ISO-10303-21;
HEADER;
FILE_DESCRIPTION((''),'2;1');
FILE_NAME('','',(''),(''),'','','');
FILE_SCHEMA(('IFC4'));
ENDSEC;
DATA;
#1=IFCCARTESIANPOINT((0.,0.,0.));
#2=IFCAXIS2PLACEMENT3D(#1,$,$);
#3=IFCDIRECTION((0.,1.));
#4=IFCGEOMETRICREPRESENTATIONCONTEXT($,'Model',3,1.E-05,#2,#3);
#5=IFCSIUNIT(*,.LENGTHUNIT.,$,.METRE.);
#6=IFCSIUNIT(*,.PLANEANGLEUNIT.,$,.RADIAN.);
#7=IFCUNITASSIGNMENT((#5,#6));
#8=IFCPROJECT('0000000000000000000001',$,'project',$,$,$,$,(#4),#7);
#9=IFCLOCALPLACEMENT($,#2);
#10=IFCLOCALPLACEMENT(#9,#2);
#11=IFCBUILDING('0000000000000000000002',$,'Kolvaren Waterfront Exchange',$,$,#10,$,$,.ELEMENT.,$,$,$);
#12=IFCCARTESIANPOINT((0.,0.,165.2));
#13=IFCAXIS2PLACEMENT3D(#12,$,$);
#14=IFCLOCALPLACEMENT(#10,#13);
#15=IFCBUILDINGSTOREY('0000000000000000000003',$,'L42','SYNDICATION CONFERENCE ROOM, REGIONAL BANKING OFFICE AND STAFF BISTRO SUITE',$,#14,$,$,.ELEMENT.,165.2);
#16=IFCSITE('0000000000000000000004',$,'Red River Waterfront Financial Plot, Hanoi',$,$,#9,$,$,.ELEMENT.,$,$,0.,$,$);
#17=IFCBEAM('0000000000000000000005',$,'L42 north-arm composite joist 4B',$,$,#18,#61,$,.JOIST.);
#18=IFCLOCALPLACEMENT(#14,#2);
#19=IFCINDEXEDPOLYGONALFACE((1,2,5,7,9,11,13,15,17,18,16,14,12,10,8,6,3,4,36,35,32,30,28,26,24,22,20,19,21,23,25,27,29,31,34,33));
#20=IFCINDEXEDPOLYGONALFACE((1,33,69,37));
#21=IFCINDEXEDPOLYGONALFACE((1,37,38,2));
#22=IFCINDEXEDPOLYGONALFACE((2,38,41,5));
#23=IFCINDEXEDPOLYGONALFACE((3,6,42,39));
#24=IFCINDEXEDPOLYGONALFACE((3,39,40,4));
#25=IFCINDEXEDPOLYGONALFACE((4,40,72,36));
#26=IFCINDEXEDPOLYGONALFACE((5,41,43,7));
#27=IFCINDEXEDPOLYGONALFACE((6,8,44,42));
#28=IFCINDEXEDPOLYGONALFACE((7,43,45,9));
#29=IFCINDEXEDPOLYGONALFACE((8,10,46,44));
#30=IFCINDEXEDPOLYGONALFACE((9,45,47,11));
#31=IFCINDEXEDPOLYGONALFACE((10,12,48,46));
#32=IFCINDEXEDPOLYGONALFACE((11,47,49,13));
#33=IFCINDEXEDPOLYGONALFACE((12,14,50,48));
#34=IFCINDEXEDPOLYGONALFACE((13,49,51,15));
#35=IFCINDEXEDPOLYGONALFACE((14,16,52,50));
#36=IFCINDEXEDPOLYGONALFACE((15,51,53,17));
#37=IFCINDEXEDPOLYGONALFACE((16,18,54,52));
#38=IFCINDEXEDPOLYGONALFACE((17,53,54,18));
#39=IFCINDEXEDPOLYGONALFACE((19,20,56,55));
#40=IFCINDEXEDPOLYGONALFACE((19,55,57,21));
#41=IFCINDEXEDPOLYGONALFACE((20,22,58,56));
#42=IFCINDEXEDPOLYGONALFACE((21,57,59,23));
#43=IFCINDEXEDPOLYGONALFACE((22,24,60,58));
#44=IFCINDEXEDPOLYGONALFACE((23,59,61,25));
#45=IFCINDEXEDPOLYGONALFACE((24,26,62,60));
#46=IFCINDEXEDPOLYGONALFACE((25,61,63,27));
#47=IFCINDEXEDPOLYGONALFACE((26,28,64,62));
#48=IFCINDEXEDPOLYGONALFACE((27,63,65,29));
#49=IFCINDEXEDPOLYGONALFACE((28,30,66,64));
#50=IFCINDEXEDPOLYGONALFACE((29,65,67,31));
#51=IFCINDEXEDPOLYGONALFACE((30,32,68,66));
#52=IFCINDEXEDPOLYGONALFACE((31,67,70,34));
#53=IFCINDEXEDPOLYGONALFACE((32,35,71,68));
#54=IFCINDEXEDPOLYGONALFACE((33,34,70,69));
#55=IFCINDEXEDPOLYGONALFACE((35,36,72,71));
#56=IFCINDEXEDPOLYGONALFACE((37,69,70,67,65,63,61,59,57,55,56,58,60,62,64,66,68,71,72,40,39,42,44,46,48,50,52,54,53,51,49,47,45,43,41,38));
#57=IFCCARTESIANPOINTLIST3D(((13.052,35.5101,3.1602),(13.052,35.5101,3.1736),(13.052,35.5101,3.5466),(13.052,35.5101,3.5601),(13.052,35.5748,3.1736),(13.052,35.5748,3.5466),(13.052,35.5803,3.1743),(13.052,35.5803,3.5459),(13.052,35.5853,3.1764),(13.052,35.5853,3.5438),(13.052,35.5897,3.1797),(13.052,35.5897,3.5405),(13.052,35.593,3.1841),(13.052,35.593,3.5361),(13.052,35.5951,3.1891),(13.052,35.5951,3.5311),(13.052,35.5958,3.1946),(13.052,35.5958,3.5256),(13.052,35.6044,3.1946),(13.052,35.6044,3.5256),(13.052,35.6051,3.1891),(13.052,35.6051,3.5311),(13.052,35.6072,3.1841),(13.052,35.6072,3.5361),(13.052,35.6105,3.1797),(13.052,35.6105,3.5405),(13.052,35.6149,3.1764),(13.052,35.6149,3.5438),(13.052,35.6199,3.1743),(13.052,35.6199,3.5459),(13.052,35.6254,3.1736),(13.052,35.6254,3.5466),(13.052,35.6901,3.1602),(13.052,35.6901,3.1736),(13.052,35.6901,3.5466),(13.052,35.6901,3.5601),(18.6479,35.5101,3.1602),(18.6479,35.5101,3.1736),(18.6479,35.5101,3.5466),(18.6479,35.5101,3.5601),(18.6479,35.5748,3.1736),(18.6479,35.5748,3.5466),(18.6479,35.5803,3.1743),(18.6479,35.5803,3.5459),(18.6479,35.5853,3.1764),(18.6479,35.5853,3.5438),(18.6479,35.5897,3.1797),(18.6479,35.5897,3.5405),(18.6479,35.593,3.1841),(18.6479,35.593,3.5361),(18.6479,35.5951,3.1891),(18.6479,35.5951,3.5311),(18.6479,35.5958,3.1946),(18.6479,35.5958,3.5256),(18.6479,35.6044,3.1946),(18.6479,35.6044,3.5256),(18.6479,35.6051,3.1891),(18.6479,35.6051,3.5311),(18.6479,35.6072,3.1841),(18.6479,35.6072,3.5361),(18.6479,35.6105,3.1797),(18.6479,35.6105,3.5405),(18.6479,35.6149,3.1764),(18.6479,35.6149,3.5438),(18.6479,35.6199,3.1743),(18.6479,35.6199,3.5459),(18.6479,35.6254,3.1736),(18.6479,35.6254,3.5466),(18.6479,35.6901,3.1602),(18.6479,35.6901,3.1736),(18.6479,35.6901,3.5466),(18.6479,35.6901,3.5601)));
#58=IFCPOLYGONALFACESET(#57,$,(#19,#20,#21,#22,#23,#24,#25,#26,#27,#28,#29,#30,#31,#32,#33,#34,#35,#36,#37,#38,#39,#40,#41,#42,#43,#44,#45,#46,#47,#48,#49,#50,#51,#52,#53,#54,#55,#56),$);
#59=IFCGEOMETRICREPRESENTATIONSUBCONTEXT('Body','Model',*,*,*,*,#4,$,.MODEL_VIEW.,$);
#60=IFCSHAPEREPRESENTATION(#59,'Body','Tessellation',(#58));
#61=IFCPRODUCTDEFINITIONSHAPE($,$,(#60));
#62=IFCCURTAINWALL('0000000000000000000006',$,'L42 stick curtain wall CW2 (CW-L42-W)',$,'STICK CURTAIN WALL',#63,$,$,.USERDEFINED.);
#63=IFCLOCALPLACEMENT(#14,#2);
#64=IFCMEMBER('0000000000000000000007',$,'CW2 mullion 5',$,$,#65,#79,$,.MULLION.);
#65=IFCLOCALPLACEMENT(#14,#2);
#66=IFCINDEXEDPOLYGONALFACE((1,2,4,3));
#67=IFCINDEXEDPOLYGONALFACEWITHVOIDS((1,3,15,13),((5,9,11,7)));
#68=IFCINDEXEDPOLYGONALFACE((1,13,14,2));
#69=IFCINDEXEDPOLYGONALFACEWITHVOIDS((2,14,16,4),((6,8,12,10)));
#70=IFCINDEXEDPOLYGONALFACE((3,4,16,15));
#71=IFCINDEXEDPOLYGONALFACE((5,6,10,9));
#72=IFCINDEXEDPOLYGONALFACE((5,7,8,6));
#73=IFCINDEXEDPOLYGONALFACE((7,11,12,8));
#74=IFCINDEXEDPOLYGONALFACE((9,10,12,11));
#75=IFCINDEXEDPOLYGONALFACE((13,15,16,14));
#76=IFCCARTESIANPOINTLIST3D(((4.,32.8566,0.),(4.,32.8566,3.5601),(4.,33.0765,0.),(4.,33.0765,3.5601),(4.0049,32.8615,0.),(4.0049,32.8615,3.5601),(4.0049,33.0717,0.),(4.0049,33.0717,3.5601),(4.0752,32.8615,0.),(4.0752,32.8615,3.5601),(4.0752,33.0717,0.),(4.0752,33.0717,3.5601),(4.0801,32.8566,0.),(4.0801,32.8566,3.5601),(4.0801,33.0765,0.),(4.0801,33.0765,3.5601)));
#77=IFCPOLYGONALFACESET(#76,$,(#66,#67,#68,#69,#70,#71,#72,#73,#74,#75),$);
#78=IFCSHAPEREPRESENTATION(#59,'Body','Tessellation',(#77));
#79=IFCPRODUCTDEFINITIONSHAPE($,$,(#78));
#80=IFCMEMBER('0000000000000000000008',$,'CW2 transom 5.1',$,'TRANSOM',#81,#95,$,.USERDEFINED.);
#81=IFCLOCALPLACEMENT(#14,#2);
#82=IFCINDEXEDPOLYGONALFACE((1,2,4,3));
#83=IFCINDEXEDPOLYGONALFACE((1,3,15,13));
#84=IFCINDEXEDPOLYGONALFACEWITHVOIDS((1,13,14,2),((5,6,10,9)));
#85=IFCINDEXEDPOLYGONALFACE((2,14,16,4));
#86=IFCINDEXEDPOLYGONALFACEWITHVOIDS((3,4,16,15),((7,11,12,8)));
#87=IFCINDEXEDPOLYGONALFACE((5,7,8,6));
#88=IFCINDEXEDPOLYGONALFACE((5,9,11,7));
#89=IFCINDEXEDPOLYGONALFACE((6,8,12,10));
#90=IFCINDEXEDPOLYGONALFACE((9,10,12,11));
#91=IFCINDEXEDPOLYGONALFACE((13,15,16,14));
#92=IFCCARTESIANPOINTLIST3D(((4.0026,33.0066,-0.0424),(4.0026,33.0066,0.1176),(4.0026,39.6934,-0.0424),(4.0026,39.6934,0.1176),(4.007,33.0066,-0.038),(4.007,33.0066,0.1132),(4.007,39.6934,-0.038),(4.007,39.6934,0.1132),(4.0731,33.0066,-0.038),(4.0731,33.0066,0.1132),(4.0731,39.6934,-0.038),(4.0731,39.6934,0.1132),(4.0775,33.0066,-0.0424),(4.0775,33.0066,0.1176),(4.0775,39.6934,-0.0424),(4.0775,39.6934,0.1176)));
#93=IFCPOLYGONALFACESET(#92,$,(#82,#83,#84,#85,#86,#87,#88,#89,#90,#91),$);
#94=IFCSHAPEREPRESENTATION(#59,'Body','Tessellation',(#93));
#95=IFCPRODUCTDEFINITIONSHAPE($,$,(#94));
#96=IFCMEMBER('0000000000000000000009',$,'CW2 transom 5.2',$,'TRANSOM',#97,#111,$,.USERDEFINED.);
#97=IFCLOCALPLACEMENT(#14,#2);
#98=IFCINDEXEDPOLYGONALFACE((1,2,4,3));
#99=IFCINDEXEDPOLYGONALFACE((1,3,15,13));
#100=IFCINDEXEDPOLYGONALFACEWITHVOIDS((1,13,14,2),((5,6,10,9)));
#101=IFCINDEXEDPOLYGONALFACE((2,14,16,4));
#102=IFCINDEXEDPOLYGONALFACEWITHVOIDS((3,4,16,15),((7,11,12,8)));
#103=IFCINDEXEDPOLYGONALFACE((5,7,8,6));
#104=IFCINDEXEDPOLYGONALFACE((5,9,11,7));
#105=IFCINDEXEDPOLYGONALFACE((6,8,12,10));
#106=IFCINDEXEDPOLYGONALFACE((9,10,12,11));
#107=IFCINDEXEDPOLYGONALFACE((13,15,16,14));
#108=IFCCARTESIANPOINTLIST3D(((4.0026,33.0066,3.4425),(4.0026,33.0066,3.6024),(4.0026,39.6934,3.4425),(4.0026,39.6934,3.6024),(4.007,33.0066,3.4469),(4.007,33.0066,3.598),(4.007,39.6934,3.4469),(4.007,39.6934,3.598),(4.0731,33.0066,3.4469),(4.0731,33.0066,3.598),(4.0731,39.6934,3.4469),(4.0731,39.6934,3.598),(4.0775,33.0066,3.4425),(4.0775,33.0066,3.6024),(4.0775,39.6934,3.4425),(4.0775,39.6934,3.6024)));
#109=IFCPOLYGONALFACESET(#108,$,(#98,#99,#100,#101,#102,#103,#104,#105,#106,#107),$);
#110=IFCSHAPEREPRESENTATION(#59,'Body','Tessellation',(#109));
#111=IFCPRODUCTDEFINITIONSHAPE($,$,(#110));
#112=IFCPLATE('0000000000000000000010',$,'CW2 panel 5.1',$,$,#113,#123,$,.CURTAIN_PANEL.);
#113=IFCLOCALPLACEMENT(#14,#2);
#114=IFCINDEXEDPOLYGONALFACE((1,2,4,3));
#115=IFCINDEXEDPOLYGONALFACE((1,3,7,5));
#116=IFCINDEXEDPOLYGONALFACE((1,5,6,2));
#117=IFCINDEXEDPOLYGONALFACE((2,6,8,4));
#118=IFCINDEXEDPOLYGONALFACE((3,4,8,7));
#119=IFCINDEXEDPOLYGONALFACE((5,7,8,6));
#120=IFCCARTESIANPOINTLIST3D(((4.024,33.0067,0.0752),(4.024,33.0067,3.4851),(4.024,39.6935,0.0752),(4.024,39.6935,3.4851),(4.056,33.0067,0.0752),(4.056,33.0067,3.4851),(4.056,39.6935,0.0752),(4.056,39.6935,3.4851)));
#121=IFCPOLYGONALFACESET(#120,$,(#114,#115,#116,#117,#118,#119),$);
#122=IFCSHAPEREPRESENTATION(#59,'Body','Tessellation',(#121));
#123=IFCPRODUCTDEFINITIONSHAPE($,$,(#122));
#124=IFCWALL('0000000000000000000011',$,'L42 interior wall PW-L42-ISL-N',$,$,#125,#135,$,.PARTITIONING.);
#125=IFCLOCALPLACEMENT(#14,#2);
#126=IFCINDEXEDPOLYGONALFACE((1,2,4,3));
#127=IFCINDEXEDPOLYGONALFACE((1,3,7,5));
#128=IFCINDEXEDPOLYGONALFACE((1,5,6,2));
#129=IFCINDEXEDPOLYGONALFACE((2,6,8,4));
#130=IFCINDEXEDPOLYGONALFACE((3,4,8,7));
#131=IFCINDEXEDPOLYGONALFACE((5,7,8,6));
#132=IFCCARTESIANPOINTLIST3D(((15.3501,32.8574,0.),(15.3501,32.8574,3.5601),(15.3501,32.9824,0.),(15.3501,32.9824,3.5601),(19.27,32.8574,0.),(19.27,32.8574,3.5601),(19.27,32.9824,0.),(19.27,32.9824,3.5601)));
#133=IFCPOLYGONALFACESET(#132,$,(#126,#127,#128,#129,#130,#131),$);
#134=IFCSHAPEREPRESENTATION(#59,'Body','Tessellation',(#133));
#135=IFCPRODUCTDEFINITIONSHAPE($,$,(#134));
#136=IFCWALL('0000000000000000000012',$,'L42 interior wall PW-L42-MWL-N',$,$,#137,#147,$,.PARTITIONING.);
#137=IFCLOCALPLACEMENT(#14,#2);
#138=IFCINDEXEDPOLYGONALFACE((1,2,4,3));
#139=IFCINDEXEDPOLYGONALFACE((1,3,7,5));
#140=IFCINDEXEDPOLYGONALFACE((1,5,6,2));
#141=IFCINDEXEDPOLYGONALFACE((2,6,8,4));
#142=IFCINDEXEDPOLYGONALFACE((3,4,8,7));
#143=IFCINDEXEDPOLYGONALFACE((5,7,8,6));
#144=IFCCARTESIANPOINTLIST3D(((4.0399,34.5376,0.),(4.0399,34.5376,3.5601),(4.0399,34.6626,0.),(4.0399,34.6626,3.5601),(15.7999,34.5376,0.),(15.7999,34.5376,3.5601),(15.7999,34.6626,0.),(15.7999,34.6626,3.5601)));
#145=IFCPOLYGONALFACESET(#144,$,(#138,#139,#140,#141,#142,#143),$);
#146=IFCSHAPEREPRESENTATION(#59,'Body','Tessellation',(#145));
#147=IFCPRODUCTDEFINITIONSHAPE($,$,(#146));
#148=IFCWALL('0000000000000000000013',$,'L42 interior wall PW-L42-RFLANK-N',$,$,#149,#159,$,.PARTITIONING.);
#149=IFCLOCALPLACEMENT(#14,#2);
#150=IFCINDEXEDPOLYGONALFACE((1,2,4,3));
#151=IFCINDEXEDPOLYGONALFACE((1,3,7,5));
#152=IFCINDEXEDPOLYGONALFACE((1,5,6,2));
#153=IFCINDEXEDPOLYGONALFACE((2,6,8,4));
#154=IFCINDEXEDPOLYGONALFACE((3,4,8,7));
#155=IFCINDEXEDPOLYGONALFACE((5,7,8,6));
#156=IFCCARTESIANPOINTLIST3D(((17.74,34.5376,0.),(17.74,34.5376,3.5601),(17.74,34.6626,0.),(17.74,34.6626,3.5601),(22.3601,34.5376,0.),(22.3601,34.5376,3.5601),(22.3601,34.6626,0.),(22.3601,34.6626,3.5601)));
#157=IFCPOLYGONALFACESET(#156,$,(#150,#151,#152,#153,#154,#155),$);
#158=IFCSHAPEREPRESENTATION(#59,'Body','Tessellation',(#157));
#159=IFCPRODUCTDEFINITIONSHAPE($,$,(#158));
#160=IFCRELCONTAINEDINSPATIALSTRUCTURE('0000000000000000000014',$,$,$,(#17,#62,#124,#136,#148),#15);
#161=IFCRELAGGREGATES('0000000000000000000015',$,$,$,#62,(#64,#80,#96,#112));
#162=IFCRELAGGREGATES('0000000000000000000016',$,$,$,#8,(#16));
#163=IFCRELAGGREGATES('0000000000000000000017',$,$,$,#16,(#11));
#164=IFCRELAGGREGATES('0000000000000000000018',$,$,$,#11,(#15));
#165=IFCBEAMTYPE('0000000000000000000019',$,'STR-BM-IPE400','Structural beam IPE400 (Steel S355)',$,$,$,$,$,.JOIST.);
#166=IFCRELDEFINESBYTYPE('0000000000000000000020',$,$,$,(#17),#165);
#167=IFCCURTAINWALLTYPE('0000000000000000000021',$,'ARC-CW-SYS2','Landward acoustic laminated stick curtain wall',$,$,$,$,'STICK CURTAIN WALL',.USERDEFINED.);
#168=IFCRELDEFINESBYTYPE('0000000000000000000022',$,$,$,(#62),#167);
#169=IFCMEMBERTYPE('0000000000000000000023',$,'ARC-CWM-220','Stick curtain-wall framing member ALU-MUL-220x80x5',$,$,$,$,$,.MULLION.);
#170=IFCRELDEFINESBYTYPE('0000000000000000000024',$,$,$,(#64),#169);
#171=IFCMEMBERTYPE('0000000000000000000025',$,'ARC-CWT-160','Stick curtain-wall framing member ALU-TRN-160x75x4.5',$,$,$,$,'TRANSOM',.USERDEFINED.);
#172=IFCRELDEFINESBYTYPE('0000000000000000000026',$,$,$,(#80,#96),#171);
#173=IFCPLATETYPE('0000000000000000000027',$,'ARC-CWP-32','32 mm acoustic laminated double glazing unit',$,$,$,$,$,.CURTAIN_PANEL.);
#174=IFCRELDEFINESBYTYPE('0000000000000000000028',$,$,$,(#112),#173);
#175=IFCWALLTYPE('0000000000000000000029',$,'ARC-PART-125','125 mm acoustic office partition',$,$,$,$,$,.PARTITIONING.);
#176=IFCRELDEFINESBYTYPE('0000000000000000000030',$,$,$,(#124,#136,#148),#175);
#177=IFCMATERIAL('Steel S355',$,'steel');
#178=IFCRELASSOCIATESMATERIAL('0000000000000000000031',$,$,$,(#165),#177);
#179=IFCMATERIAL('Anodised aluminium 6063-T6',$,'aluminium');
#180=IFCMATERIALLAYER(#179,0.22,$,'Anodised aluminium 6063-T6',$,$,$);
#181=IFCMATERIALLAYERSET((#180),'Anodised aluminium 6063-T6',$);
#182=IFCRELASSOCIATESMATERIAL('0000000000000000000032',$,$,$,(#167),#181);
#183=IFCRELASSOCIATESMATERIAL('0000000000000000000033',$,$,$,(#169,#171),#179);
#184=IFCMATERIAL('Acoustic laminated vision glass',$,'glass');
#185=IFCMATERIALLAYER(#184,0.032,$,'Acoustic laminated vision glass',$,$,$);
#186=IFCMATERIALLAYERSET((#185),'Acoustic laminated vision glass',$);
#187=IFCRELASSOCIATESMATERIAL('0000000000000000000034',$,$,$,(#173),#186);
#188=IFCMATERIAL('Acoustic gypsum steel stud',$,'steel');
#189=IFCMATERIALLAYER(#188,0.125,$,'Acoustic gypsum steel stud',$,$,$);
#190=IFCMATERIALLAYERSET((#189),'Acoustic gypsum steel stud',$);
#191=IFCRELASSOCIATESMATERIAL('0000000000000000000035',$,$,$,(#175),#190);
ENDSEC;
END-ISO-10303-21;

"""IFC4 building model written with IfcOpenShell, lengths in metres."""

from ifc_helpers import new_model, si_unit, direction, frame, frame_2d, origin, origin_with_axes, origin_2d, place, context, subcontext, project, spatial, rectangle, hollow_rectangle, i_section, extrude, source, transform, mapped, material, layer, layer_set, material_profile, profile_set, type_object, element, aggregate, save


model = new_model("IFC4")

# Units and contexts
model_context = context("Model", 3, precision=1e-05, world=origin(), true_north=direction((0.0, 1.0)))
body_context = subcontext(model_context, "Body", "Model", "MODEL_VIEW")
ifc_project = project(units=[si_unit("LENGTHUNIT", "METRE"), si_unit("PLANEANGLEUNIT", "RADIAN")], contexts=[model_context])

# Site, building, storey
site_placement = place(None, origin())
site = spatial("IfcSite", under=ifc_project, at=site_placement, Name="Red River Waterfront Financial Plot, Hanoi", CompositionType="ELEMENT", RefElevation=0.0)
building_placement = place(site_placement, origin())
building = spatial("IfcBuilding", under=site, at=building_placement, Name="Kolvaren Waterfront Exchange", CompositionType="ELEMENT")
storey_placement = place(building_placement, frame((0.0, 0.0, 165.2)))
storey = spatial("IfcBuildingStorey", under=building, at=storey_placement, Name="L42", Description="SYNDICATION CONFERENCE ROOM, REGIONAL BANKING OFFICE AND STAFF BISTRO SUITE", CompositionType="ELEMENT", Elevation=165.2)

# Beam
ifc_material_1 = material(Name="Steel S355", Category="steel")
ifc_material_profile_1 = material_profile(ifc_material_1, i_section(OverallWidth=0.1799, OverallDepth=0.3999, WebThickness=0.0085, FlangeThickness=0.0134, FilletRadius=0.021, at=origin_2d()), Name="IPE400")
ifc_profile_set_1 = profile_set([ifc_material_profile_1], Name="Steel S355")
beam_type_1 = type_object("IfcBeamType", Name="STR-BM-IPE400", Description="Structural beam IPE400 (Steel S355)", PredefinedType="JOIST", material=ifc_profile_set_1)
beam_1_placement = place(storey_placement, frame((13.052, 35.6001, 3.3601), z_axis=(1.0, 0.0, 0.0), x_axis=(0.0, 1.0, 0.0)))
element("IfcBeam", 1, at=beam_1_placement, inside=storey, type_object=beam_type_1, Name="L42 north-arm composite joist 4B", PredefinedType="JOIST", context=body_context, shape_type="SweptSolid", body=[
    extrude(i_section(OverallWidth=0.1799, OverallDepth=0.3999, WebThickness=0.0085, FlangeThickness=0.0134, FilletRadius=0.021, at=origin_2d()), origin(), (0.0, 0.0, 1.0), 5.5959),
])

# Curtain wall, members, plate
ifc_material_2 = material(Name="Anodised aluminium 6063-T6", Category="aluminium")
ifc_layer_1 = layer(ifc_material_2, 0.22, Name="Anodised aluminium 6063-T6")
ifc_layer_set_1 = layer_set([ifc_layer_1], Name="Anodised aluminium 6063-T6")
curtain_wall_type = type_object("IfcCurtainWallType", Name="ARC-CW-SYS2", Description="Landward acoustic laminated stick curtain wall", ElementType="STICK CURTAIN WALL", PredefinedType="USERDEFINED", material=ifc_layer_set_1)
curtain_wall_placement = place(storey_placement, origin())
curtain_wall = element("IfcCurtainWall", 2, at=curtain_wall_placement, inside=storey, type_object=curtain_wall_type, Name="L42 stick curtain wall CW2 (CW-L42-W)", ObjectType="STICK CURTAIN WALL", PredefinedType="USERDEFINED")
ifc_material_profile_2 = material_profile(ifc_material_2, hollow_rectangle(XDim=0.0801, YDim=0.22, WallThickness=0.0049, at=origin_2d()), Name="ALU-MUL-220x80x5")
ifc_profile_set_2 = profile_set([ifc_material_profile_2], Name="Anodised aluminium 6063-T6")
member_type_1 = type_object("IfcMemberType", Name="ARC-CWM-220", Description="Stick curtain-wall framing member ALU-MUL-220x80x5", PredefinedType="MULLION", material=ifc_profile_set_2)
shared_shape_1 = source(origin_with_axes(), body_context, "Body", "SweptSolid", [
    extrude(hollow_rectangle(XDim=0.0801, YDim=0.22, WallThickness=0.0049, at=origin_2d()), origin(), (0.0, 0.0, 1.0), 3.5601),
])
member_1_placement = place(storey_placement, frame((4.04, 32.9666, 0.0), z_axis=(0.0, 0.0, 1.0), x_axis=(-1.0, 0.0, 0.0)))
member_1 = element("IfcMember", 3, at=member_1_placement, type_object=member_type_1, Name="CW2 mullion 5", PredefinedType="MULLION", context=body_context, shape_type="MappedRepresentation", body=[
    mapped(shared_shape_1, transform((0.0, 0.0, 0.0), x_axis=(1.0, 0.0, 0.0), y_axis=(0.0, 1.0, 0.0), z_axis=(0.0, 0.0, 1.0), scale=1.0)),
])
ifc_material_profile_3 = material_profile(ifc_material_2, hollow_rectangle(XDim=0.075, YDim=0.1599, WallThickness=0.0044, at=origin_2d()), Name="ALU-TRN-160x75x4.5")
ifc_profile_set_3 = profile_set([ifc_material_profile_3], Name="Anodised aluminium 6063-T6")
member_type_2 = type_object("IfcMemberType", Name="ARC-CWT-160", Description="Stick curtain-wall framing member ALU-TRN-160x75x4.5", ElementType="TRANSOM", PredefinedType="USERDEFINED", material=ifc_profile_set_3)
shared_shape_2 = source(origin_with_axes(), body_context, "Body", "SweptSolid", [
    extrude(hollow_rectangle(XDim=0.075, YDim=0.1599, WallThickness=0.0044, at=origin_2d()), origin(), (0.0, 0.0, 1.0), 6.6868),
])
member_2_placement = place(storey_placement, frame((4.04, 33.0066, 0.0376), z_axis=(0.0, 1.0, 0.0), x_axis=(-1.0, 0.0, 0.0)))
member_2 = element("IfcMember", 4, at=member_2_placement, type_object=member_type_2, Name="CW2 transom 5.1", ObjectType="TRANSOM", PredefinedType="USERDEFINED", context=body_context, shape_type="MappedRepresentation", body=[
    mapped(shared_shape_2, transform((0.0, 0.0, 0.0), x_axis=(1.0, 0.0, 0.0), y_axis=(0.0, 1.0, 0.0), z_axis=(0.0, 0.0, 1.0), scale=1.0)),
])
member_3_placement = place(storey_placement, frame((4.04, 33.0066, 3.5225), z_axis=(0.0, 1.0, 0.0), x_axis=(-1.0, 0.0, 0.0)))
member_3 = element("IfcMember", 5, at=member_3_placement, type_object=member_type_2, Name="CW2 transom 5.2", ObjectType="TRANSOM", PredefinedType="USERDEFINED", context=body_context, shape_type="MappedRepresentation", body=[
    mapped(shared_shape_2, transform((0.0, 0.0, 0.0), x_axis=(1.0, 0.0, 0.0), y_axis=(0.0, 1.0, 0.0), z_axis=(0.0, 0.0, 1.0), scale=1.0)),
])
ifc_material_3 = material(Name="Acoustic laminated vision glass", Category="glass")
ifc_layer_2 = layer(ifc_material_3, 0.032, Name="Acoustic laminated vision glass")
ifc_layer_set_2 = layer_set([ifc_layer_2], Name="Acoustic laminated vision glass")
plate_type = type_object("IfcPlateType", Name="ARC-CWP-32", Description="32 mm acoustic laminated double glazing unit", PredefinedType="CURTAIN_PANEL", material=ifc_layer_set_2)
shared_shape_3 = source(origin_with_axes(), body_context, "Body", "SweptSolid", [
    extrude(rectangle(XDim=6.6868, YDim=0.032, at=origin_2d()), origin(), (0.0, 0.0, 1.0), 3.4099),
])
plate_placement = place(storey_placement, frame((4.04, 36.3501, 0.0752), z_axis=(0.0, 0.0, 1.0), x_axis=(0.0, 1.0, 0.0)))
plate = element("IfcPlate", 6, at=plate_placement, type_object=plate_type, Name="CW2 panel 5.1", PredefinedType="CURTAIN_PANEL", context=body_context, shape_type="MappedRepresentation", body=[
    mapped(shared_shape_3, transform((0.0, 0.0, 0.0), x_axis=(1.0, 0.0, 0.0), y_axis=(0.0, 1.0, 0.0), z_axis=(0.0, 0.0, 1.0), scale=1.0)),
])
aggregate(curtain_wall, [member_1, member_2, member_3, plate])

# Walls
ifc_material_4 = material(Name="Acoustic gypsum steel stud", Category="steel")
ifc_layer_3 = layer(ifc_material_4, 0.125, Name="Acoustic gypsum steel stud")
ifc_layer_set_3 = layer_set([ifc_layer_3], Name="Acoustic gypsum steel stud")
wall_type = type_object("IfcWallType", Name="ARC-PART-125", Description="125 mm acoustic office partition", PredefinedType="PARTITIONING", material=ifc_layer_set_3)
wall_1_placement = place(storey_placement, frame((15.3501, 32.9199, 0.0), z_axis=(0.0, 0.0, 1.0), x_axis=(1.0, 0.0, 0.0)))
element("IfcWall", 7, at=wall_1_placement, inside=storey, type_object=wall_type, Name="L42 interior wall PW-L42-ISL-N", PredefinedType="PARTITIONING", context=body_context, shape_type="SweptSolid", body=[
    extrude(rectangle(XDim=3.9199, YDim=0.125, at=frame_2d((1.96, 0.0))), origin(), (0.0, 0.0, 1.0), 3.5601),
])
wall_2_placement = place(storey_placement, frame((4.04, 34.6001, 0.0), z_axis=(0.0, 0.0, 1.0), x_axis=(1.0, 0.0, 0.0)))
element("IfcWall", 8, at=wall_2_placement, inside=storey, type_object=wall_type, Name="L42 interior wall PW-L42-MWL-N", PredefinedType="PARTITIONING", context=body_context, shape_type="SweptSolid", body=[
    extrude(rectangle(XDim=11.76, YDim=0.125, at=frame_2d((5.8799, 0.0))), origin(), (0.0, 0.0, 1.0), 3.5601),
])
wall_3_placement = place(storey_placement, frame((17.74, 34.6001, 0.0), z_axis=(0.0, 0.0, 1.0), x_axis=(1.0, 0.0, 0.0)))
element("IfcWall", 9, at=wall_3_placement, inside=storey, type_object=wall_type, Name="L42 interior wall PW-L42-RFLANK-N", PredefinedType="PARTITIONING", context=body_context, shape_type="SweptSolid", body=[
    extrude(rectangle(XDim=4.6201, YDim=0.125, at=frame_2d((2.3101, 0.0))), origin(), (0.0, 0.0, 1.0), 3.5601),
])

save(model, "model.ifc")
